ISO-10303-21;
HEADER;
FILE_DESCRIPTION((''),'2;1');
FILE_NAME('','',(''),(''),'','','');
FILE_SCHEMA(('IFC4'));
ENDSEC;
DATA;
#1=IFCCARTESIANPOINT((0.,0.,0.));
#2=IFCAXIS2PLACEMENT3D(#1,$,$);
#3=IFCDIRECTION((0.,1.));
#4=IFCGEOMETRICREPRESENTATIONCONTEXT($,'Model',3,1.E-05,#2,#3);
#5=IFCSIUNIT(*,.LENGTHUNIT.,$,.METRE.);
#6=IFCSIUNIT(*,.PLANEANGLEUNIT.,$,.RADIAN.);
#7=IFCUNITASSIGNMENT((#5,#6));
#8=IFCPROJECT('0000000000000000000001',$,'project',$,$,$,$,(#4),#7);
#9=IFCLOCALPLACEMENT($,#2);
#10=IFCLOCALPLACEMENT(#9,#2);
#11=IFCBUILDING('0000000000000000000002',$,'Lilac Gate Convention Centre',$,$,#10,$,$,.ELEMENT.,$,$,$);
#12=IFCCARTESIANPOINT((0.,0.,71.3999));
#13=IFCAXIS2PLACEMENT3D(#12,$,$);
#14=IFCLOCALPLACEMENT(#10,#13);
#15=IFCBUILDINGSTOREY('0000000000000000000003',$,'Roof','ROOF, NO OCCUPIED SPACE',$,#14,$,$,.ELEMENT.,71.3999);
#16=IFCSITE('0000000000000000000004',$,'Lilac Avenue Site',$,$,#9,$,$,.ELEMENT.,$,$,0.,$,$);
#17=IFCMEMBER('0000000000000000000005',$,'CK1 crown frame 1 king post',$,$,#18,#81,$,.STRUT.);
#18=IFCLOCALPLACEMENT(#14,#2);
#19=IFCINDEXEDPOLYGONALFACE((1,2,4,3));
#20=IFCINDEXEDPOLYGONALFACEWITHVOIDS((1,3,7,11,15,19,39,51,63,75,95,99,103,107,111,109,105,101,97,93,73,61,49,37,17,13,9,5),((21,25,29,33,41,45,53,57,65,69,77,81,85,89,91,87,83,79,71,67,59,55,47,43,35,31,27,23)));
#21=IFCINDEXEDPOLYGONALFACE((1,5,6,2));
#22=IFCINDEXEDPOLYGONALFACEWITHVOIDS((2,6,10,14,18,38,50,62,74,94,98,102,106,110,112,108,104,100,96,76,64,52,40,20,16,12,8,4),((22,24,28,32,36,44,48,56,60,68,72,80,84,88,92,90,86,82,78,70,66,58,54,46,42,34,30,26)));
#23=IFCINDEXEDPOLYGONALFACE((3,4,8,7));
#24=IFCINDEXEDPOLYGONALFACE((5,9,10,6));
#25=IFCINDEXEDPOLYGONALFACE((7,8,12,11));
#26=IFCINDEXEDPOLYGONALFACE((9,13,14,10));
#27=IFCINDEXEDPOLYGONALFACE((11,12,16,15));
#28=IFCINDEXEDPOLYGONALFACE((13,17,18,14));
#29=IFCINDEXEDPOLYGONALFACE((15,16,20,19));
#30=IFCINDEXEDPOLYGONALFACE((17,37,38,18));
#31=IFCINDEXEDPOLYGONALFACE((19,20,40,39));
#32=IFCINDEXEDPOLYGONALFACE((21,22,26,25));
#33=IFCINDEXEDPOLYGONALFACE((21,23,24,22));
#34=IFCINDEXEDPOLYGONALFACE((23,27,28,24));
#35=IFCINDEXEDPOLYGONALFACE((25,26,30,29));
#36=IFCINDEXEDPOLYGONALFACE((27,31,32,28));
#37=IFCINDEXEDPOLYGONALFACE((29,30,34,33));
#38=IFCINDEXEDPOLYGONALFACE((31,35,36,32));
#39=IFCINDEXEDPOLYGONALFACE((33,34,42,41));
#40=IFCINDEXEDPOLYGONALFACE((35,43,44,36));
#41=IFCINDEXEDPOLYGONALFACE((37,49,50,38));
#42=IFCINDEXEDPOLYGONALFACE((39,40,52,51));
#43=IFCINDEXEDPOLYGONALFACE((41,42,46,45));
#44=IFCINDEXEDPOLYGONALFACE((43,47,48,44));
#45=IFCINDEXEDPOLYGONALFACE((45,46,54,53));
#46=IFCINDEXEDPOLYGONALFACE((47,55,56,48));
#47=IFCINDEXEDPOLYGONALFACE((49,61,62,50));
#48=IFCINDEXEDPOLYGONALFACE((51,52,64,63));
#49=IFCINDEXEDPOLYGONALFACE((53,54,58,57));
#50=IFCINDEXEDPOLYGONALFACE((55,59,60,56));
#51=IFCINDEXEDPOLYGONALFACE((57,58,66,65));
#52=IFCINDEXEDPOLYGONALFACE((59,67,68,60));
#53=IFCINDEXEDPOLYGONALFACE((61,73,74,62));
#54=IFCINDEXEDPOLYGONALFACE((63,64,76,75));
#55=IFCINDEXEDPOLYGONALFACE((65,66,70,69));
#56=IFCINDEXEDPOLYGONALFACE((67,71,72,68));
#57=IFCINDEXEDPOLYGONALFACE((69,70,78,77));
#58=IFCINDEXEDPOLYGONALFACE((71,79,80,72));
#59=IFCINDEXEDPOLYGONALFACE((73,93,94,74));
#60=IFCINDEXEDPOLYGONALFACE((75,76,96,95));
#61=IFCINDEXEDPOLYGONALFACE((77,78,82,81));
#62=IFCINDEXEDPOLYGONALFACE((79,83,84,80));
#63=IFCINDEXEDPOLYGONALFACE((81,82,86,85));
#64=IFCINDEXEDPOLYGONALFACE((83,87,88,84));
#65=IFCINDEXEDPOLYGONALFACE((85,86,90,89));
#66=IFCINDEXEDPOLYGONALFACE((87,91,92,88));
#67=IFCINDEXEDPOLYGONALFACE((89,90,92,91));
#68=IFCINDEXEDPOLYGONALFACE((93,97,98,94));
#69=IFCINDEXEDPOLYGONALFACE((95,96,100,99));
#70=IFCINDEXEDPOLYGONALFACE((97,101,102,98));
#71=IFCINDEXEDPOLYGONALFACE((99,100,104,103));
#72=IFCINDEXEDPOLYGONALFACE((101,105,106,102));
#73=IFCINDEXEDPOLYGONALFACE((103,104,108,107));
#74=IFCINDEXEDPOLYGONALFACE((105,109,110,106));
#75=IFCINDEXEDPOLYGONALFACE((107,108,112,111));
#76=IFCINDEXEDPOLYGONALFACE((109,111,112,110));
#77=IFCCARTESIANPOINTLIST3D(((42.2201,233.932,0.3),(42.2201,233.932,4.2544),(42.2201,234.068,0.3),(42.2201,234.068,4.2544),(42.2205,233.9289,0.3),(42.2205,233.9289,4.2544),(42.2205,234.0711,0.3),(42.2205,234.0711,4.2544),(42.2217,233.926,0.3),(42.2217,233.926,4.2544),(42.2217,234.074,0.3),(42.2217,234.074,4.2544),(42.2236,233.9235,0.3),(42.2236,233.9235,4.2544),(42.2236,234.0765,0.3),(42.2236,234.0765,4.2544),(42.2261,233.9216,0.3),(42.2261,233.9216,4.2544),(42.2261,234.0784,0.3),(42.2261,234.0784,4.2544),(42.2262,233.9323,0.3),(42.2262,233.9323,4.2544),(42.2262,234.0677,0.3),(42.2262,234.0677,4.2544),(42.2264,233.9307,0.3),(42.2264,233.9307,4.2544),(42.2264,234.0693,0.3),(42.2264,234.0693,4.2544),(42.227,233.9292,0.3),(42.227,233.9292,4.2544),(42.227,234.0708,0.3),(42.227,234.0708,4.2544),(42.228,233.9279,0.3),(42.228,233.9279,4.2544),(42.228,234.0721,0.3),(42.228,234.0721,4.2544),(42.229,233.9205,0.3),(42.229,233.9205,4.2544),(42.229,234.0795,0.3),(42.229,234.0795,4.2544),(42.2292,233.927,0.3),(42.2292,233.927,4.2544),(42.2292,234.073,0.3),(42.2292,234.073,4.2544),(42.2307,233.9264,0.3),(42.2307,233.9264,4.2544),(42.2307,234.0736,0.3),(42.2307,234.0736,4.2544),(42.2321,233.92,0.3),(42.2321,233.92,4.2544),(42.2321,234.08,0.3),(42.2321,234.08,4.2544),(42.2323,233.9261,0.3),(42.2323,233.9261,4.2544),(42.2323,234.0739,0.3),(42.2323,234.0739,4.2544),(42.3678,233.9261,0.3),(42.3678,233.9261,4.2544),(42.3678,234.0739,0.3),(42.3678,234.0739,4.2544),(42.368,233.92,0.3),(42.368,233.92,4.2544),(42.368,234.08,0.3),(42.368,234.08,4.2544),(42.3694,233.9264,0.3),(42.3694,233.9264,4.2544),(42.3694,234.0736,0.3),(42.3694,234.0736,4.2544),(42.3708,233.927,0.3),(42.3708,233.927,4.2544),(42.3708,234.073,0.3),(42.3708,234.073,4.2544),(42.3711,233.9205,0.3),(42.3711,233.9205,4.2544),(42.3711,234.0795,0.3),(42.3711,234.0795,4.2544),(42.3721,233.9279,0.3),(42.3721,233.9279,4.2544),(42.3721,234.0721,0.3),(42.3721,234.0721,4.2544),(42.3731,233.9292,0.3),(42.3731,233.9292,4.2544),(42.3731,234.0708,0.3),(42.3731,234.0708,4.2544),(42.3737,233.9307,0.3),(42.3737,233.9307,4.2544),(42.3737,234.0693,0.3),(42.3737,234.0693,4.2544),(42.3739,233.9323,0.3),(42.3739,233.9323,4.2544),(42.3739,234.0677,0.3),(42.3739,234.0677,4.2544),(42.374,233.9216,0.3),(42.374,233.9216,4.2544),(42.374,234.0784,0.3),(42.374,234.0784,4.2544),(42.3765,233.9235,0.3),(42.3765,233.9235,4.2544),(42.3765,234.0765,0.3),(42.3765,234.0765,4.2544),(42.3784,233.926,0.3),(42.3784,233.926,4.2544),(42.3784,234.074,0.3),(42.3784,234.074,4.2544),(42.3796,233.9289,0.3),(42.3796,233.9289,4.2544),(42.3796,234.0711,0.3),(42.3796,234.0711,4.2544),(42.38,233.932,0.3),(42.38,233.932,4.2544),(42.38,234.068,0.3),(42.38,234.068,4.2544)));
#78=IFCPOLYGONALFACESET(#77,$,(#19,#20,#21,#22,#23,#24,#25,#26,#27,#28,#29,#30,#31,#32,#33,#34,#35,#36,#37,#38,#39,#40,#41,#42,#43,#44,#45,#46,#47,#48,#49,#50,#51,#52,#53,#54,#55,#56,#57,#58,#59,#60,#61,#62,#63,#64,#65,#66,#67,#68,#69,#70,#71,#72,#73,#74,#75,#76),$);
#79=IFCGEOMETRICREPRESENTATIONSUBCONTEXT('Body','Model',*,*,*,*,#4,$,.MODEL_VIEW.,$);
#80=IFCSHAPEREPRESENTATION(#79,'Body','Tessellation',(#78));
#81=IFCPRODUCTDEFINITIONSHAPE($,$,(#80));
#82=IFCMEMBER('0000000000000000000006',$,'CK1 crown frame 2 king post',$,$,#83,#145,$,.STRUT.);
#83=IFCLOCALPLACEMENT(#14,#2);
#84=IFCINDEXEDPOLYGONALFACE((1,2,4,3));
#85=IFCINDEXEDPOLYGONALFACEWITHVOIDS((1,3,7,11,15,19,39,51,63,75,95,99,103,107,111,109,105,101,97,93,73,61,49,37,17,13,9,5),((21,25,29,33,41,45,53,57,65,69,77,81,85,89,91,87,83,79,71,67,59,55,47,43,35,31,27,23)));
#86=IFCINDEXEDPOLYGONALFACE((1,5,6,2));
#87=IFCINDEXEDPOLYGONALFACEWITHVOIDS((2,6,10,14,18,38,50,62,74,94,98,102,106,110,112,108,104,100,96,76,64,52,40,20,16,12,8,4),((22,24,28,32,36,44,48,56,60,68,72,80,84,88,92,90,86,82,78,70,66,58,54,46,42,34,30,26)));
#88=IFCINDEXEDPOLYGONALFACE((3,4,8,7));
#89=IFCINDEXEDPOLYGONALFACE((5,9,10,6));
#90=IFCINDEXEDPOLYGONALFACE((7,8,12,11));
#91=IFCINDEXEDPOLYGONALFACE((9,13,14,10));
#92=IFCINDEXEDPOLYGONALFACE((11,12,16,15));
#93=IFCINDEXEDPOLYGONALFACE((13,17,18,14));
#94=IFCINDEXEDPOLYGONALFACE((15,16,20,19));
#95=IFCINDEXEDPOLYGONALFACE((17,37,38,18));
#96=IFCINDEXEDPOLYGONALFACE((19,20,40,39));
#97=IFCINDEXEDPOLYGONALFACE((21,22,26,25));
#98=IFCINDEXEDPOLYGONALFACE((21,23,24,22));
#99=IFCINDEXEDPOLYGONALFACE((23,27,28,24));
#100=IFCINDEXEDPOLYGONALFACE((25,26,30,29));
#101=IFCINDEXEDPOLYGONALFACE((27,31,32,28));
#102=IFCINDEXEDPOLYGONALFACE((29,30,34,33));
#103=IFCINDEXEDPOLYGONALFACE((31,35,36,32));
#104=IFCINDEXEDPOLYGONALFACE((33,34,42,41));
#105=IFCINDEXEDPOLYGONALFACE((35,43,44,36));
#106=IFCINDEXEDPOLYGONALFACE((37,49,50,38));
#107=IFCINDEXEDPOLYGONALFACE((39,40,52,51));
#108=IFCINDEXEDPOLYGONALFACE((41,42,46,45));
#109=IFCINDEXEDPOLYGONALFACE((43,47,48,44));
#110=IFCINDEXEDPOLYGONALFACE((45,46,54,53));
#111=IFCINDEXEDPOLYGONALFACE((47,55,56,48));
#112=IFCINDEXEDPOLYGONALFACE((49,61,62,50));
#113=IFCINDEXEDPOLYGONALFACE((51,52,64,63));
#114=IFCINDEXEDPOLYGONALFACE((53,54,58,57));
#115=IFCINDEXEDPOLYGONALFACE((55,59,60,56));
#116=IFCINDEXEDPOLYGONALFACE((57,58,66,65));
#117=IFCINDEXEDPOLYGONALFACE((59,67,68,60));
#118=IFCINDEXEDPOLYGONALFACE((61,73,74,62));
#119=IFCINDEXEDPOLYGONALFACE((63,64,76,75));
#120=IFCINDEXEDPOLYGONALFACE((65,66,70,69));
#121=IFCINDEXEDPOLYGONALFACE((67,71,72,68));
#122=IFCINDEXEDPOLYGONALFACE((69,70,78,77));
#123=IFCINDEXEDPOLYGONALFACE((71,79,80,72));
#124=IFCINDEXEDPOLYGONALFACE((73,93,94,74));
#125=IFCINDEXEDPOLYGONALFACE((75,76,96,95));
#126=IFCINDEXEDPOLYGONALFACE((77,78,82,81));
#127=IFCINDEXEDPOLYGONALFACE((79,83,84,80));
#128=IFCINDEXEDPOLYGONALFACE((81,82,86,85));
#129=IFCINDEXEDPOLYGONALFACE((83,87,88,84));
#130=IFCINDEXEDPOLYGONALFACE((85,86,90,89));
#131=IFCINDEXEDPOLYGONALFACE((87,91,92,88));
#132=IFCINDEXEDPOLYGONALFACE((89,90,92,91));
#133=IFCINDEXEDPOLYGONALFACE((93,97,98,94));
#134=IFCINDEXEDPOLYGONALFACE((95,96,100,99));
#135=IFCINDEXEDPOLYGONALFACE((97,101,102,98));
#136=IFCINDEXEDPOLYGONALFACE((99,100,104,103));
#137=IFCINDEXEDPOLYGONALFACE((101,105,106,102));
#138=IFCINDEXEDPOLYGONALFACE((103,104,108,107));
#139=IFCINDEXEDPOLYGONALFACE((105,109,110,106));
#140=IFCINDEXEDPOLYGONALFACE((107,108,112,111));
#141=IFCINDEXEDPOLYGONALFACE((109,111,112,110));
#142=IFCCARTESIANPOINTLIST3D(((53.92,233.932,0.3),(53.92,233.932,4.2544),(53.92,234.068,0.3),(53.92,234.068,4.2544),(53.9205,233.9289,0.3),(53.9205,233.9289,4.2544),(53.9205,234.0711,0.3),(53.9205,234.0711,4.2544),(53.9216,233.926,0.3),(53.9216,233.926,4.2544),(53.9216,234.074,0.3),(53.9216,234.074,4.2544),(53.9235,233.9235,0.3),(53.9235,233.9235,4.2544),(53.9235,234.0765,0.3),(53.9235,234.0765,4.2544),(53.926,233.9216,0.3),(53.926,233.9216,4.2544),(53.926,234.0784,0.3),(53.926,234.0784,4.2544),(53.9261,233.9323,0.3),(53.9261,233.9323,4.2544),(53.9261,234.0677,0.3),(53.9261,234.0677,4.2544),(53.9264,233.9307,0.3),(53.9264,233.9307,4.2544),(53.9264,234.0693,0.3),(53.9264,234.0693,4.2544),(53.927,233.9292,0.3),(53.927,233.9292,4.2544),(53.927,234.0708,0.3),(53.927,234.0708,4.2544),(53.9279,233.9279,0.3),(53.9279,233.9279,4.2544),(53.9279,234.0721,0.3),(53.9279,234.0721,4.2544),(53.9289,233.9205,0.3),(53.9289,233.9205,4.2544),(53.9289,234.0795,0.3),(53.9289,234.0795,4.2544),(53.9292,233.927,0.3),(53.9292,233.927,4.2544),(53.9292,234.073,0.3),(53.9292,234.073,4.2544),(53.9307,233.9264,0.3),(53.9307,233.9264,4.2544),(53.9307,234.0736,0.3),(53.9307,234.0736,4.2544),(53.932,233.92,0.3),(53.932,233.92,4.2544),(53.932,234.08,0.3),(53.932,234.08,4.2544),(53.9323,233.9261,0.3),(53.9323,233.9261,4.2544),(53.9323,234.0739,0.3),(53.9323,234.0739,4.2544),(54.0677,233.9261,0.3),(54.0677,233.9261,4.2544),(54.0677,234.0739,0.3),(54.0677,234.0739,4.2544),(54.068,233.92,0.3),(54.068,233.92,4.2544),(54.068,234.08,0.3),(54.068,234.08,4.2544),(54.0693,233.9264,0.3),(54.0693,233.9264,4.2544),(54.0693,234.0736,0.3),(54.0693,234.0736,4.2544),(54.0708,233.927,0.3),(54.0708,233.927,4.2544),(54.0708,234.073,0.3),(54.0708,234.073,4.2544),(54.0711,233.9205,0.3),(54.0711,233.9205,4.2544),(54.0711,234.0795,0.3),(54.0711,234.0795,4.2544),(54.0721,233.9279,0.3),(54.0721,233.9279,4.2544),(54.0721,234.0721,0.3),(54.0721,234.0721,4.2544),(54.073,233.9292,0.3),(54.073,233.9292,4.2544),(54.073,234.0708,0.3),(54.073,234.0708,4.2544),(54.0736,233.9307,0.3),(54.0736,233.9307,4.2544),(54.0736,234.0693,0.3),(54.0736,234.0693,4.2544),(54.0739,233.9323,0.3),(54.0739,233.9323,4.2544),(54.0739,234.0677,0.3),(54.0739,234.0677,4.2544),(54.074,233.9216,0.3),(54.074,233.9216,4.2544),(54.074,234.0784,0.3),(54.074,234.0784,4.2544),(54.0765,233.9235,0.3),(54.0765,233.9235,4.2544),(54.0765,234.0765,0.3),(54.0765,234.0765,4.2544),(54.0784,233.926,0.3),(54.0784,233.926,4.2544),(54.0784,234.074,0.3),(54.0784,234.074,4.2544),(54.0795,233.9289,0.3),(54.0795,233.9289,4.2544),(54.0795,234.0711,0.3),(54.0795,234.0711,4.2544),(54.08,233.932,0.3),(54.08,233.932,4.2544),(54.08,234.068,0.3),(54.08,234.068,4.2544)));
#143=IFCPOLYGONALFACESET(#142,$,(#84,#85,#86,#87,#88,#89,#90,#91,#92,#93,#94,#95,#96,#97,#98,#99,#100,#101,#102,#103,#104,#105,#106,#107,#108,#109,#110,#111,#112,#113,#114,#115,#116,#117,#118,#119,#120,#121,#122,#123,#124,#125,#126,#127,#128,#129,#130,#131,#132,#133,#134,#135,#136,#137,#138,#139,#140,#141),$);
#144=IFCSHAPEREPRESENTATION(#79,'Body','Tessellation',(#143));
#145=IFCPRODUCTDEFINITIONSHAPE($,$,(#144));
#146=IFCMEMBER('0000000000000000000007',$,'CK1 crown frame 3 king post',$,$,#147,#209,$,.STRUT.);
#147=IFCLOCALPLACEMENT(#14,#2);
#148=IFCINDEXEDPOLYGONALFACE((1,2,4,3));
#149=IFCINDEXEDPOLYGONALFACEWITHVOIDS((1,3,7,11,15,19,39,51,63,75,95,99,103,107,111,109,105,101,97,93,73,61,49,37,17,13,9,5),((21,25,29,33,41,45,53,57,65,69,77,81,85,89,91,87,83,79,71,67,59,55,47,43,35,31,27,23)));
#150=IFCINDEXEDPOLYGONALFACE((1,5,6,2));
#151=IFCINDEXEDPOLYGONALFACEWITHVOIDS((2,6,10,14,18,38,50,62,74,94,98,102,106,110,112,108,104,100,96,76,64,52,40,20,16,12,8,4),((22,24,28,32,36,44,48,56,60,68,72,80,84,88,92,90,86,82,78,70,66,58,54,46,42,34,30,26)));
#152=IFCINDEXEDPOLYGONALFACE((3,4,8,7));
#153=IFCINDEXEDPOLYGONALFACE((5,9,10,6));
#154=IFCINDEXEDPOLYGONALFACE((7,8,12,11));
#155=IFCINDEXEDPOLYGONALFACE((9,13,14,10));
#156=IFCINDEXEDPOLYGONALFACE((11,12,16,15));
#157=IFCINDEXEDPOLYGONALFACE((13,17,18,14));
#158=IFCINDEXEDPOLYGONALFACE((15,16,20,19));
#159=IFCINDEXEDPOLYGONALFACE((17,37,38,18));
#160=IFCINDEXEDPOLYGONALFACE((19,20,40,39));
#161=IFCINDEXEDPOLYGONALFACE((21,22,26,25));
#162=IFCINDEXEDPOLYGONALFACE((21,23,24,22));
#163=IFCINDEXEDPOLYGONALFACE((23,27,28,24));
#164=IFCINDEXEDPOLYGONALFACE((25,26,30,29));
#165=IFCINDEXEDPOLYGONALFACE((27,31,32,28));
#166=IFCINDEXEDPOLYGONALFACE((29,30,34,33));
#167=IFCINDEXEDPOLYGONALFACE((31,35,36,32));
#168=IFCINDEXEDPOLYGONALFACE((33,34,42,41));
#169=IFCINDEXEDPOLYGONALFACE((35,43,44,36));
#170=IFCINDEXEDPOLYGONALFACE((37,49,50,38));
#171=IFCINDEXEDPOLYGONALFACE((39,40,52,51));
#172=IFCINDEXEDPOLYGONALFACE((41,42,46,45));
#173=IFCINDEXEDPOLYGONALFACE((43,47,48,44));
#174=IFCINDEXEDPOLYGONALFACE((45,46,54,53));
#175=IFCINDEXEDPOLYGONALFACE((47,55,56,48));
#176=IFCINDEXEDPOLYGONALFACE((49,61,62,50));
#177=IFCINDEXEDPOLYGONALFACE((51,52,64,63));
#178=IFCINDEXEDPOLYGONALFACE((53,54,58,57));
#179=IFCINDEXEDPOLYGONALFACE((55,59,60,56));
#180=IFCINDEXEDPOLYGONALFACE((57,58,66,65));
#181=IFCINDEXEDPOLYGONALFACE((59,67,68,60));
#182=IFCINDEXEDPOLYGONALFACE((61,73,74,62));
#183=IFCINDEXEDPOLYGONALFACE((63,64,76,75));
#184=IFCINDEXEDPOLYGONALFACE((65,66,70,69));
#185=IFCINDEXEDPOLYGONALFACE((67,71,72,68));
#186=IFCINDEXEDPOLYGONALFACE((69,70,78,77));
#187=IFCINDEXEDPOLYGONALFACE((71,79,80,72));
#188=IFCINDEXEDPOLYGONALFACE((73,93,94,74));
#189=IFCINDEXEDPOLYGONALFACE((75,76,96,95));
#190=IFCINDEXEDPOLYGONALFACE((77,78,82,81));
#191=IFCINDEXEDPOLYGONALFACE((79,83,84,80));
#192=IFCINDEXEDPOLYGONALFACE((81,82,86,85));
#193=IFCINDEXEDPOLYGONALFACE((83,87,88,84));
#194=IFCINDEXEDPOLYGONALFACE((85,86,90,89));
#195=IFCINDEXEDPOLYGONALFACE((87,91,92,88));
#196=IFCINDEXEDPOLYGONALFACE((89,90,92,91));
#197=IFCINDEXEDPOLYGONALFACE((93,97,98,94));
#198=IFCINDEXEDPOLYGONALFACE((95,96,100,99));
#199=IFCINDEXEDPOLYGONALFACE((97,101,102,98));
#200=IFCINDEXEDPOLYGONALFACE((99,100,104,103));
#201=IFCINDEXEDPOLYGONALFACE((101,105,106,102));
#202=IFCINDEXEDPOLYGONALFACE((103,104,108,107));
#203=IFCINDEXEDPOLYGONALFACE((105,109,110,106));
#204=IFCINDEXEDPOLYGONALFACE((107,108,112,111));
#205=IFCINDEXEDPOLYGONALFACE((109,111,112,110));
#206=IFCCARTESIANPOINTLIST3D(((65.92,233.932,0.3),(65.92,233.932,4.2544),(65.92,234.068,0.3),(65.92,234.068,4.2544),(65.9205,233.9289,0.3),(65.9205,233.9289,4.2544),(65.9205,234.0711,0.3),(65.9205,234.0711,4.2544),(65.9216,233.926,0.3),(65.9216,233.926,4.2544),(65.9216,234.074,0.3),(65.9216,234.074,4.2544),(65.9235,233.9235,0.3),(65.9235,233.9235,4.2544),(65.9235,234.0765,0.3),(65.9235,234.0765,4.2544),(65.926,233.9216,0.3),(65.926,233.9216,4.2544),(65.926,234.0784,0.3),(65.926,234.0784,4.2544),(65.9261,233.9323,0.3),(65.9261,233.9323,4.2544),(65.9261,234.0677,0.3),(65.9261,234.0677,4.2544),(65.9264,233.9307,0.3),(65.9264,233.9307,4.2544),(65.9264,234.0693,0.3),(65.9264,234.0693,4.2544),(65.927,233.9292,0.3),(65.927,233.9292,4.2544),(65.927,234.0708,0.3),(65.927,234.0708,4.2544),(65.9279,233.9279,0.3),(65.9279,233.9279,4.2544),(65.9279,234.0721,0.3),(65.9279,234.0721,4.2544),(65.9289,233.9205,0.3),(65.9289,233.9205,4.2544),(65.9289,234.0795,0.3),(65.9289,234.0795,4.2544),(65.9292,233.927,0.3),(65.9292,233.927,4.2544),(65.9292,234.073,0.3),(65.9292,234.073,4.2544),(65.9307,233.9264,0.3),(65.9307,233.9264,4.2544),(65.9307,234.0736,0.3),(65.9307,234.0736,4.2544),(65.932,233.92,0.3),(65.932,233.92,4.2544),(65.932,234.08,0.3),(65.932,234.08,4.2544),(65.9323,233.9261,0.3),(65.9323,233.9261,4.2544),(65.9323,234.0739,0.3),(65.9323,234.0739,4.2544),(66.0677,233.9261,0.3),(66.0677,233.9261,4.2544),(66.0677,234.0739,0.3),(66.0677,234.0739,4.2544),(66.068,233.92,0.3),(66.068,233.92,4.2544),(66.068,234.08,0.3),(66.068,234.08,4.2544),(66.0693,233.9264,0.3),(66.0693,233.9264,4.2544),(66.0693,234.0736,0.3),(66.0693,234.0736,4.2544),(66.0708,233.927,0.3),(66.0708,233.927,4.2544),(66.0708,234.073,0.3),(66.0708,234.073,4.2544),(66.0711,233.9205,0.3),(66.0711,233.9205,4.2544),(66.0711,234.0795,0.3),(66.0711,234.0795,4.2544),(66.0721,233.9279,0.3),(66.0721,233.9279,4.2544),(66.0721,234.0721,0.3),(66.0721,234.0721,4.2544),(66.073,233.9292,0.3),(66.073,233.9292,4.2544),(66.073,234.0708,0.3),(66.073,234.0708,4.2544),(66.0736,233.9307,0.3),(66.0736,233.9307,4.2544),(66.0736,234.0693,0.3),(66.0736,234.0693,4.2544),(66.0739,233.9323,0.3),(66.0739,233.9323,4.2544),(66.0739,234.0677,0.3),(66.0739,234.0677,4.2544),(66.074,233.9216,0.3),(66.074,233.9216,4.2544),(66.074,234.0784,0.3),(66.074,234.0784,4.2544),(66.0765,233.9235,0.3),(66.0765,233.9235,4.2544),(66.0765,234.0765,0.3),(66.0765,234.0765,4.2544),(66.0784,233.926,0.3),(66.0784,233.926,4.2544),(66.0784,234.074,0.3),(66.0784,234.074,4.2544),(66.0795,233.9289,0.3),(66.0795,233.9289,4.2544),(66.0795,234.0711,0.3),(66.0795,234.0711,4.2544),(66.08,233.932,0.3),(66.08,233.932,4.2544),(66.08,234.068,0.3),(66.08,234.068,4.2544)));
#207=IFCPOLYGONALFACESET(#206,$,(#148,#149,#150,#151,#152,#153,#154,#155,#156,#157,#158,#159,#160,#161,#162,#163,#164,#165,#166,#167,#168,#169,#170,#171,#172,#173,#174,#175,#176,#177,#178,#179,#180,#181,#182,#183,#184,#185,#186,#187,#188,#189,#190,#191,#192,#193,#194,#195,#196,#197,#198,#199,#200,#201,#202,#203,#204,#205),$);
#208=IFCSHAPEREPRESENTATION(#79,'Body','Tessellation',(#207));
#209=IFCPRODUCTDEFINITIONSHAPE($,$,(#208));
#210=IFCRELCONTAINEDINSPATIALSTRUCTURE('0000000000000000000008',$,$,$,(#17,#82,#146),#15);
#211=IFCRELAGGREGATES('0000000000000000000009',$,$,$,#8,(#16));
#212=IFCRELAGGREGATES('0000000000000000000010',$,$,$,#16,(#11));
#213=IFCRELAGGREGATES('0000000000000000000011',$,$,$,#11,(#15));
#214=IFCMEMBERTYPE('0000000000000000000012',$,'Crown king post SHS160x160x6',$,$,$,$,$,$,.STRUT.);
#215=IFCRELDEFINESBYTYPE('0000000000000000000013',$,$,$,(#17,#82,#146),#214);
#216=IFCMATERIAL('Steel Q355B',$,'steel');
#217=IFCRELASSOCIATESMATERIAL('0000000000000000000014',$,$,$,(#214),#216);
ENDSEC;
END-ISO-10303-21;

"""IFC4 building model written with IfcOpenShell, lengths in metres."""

from ifc_helpers import new_model, si_unit, direction, frame, origin, origin_2d, place, context, subcontext, project, spatial, hollow_rectangle, extrude, material, material_profile, profile_set, type_object, element, save


model = new_model("IFC4")

# Units and contexts
model_context = context("Model", 3, precision=1e-05, world=origin(), true_north=direction((0.0, 1.0)))
body_context = subcontext(model_context, "Body", "Model", "MODEL_VIEW")
ifc_project = project(units=[si_unit("LENGTHUNIT", "METRE"), si_unit("PLANEANGLEUNIT", "RADIAN")], contexts=[model_context])

# Site, building, storey
site_placement = place(None, origin())
site = spatial("IfcSite", under=ifc_project, at=site_placement, Name="Lilac Avenue Site", CompositionType="ELEMENT", RefElevation=0.0)
building_placement = place(site_placement, origin())
building = spatial("IfcBuilding", under=site, at=building_placement, Name="Lilac Gate Convention Centre", CompositionType="ELEMENT")
storey_placement = place(building_placement, frame((0.0, 0.0, 71.3999)))
storey = spatial("IfcBuildingStorey", under=building, at=storey_placement, Name="Roof", Description="ROOF, NO OCCUPIED SPACE", CompositionType="ELEMENT", Elevation=71.3999)

# Members
ifc_material_1 = material(Name="Steel Q355B", Category="steel")
ifc_material_profile_1 = material_profile(ifc_material_1, hollow_rectangle(XDim=0.1599, YDim=0.1599, WallThickness=0.0061, InnerFilletRadius=0.0061, OuterFilletRadius=0.012, at=origin_2d()), Name="SHS160x160x6")
ifc_profile_set_1 = profile_set([ifc_material_profile_1], Name="Steel Q355B")
member_type_1 = type_object("IfcMemberType", Name="Crown king post SHS160x160x6", PredefinedType="STRUT", material=ifc_profile_set_1)
for number, where, z_axis, x_axis, name in (
    (1, (42.3, 234.0, 0.3), (0.0, 0.0, 1.0), (1.0, 0.0, 0.0), "CK1 crown frame 1 king post"),
    (2, (54.0, 234.0, 0.3), (0.0, 0.0, 1.0), (1.0, 0.0, 0.0), "CK1 crown frame 2 king post"),
    (3, (66.0, 234.0, 0.3), (0.0, 0.0, 1.0), (1.0, 0.0, 0.0), "CK1 crown frame 3 king post"),
):
    element("IfcMember", number, at=place(storey_placement, frame(where, z_axis=z_axis, x_axis=x_axis)), inside=storey, type_object=member_type_1, Name=name, PredefinedType="STRUT", context=body_context, shape_type="SweptSolid", body=[
        extrude(hollow_rectangle(XDim=0.1599, YDim=0.1599, WallThickness=0.0061, InnerFilletRadius=0.0061, OuterFilletRadius=0.012, at=origin_2d()), origin(), (0.0, 0.0, 1.0), 3.9543),
    ])

save(model, "model.ifc")
